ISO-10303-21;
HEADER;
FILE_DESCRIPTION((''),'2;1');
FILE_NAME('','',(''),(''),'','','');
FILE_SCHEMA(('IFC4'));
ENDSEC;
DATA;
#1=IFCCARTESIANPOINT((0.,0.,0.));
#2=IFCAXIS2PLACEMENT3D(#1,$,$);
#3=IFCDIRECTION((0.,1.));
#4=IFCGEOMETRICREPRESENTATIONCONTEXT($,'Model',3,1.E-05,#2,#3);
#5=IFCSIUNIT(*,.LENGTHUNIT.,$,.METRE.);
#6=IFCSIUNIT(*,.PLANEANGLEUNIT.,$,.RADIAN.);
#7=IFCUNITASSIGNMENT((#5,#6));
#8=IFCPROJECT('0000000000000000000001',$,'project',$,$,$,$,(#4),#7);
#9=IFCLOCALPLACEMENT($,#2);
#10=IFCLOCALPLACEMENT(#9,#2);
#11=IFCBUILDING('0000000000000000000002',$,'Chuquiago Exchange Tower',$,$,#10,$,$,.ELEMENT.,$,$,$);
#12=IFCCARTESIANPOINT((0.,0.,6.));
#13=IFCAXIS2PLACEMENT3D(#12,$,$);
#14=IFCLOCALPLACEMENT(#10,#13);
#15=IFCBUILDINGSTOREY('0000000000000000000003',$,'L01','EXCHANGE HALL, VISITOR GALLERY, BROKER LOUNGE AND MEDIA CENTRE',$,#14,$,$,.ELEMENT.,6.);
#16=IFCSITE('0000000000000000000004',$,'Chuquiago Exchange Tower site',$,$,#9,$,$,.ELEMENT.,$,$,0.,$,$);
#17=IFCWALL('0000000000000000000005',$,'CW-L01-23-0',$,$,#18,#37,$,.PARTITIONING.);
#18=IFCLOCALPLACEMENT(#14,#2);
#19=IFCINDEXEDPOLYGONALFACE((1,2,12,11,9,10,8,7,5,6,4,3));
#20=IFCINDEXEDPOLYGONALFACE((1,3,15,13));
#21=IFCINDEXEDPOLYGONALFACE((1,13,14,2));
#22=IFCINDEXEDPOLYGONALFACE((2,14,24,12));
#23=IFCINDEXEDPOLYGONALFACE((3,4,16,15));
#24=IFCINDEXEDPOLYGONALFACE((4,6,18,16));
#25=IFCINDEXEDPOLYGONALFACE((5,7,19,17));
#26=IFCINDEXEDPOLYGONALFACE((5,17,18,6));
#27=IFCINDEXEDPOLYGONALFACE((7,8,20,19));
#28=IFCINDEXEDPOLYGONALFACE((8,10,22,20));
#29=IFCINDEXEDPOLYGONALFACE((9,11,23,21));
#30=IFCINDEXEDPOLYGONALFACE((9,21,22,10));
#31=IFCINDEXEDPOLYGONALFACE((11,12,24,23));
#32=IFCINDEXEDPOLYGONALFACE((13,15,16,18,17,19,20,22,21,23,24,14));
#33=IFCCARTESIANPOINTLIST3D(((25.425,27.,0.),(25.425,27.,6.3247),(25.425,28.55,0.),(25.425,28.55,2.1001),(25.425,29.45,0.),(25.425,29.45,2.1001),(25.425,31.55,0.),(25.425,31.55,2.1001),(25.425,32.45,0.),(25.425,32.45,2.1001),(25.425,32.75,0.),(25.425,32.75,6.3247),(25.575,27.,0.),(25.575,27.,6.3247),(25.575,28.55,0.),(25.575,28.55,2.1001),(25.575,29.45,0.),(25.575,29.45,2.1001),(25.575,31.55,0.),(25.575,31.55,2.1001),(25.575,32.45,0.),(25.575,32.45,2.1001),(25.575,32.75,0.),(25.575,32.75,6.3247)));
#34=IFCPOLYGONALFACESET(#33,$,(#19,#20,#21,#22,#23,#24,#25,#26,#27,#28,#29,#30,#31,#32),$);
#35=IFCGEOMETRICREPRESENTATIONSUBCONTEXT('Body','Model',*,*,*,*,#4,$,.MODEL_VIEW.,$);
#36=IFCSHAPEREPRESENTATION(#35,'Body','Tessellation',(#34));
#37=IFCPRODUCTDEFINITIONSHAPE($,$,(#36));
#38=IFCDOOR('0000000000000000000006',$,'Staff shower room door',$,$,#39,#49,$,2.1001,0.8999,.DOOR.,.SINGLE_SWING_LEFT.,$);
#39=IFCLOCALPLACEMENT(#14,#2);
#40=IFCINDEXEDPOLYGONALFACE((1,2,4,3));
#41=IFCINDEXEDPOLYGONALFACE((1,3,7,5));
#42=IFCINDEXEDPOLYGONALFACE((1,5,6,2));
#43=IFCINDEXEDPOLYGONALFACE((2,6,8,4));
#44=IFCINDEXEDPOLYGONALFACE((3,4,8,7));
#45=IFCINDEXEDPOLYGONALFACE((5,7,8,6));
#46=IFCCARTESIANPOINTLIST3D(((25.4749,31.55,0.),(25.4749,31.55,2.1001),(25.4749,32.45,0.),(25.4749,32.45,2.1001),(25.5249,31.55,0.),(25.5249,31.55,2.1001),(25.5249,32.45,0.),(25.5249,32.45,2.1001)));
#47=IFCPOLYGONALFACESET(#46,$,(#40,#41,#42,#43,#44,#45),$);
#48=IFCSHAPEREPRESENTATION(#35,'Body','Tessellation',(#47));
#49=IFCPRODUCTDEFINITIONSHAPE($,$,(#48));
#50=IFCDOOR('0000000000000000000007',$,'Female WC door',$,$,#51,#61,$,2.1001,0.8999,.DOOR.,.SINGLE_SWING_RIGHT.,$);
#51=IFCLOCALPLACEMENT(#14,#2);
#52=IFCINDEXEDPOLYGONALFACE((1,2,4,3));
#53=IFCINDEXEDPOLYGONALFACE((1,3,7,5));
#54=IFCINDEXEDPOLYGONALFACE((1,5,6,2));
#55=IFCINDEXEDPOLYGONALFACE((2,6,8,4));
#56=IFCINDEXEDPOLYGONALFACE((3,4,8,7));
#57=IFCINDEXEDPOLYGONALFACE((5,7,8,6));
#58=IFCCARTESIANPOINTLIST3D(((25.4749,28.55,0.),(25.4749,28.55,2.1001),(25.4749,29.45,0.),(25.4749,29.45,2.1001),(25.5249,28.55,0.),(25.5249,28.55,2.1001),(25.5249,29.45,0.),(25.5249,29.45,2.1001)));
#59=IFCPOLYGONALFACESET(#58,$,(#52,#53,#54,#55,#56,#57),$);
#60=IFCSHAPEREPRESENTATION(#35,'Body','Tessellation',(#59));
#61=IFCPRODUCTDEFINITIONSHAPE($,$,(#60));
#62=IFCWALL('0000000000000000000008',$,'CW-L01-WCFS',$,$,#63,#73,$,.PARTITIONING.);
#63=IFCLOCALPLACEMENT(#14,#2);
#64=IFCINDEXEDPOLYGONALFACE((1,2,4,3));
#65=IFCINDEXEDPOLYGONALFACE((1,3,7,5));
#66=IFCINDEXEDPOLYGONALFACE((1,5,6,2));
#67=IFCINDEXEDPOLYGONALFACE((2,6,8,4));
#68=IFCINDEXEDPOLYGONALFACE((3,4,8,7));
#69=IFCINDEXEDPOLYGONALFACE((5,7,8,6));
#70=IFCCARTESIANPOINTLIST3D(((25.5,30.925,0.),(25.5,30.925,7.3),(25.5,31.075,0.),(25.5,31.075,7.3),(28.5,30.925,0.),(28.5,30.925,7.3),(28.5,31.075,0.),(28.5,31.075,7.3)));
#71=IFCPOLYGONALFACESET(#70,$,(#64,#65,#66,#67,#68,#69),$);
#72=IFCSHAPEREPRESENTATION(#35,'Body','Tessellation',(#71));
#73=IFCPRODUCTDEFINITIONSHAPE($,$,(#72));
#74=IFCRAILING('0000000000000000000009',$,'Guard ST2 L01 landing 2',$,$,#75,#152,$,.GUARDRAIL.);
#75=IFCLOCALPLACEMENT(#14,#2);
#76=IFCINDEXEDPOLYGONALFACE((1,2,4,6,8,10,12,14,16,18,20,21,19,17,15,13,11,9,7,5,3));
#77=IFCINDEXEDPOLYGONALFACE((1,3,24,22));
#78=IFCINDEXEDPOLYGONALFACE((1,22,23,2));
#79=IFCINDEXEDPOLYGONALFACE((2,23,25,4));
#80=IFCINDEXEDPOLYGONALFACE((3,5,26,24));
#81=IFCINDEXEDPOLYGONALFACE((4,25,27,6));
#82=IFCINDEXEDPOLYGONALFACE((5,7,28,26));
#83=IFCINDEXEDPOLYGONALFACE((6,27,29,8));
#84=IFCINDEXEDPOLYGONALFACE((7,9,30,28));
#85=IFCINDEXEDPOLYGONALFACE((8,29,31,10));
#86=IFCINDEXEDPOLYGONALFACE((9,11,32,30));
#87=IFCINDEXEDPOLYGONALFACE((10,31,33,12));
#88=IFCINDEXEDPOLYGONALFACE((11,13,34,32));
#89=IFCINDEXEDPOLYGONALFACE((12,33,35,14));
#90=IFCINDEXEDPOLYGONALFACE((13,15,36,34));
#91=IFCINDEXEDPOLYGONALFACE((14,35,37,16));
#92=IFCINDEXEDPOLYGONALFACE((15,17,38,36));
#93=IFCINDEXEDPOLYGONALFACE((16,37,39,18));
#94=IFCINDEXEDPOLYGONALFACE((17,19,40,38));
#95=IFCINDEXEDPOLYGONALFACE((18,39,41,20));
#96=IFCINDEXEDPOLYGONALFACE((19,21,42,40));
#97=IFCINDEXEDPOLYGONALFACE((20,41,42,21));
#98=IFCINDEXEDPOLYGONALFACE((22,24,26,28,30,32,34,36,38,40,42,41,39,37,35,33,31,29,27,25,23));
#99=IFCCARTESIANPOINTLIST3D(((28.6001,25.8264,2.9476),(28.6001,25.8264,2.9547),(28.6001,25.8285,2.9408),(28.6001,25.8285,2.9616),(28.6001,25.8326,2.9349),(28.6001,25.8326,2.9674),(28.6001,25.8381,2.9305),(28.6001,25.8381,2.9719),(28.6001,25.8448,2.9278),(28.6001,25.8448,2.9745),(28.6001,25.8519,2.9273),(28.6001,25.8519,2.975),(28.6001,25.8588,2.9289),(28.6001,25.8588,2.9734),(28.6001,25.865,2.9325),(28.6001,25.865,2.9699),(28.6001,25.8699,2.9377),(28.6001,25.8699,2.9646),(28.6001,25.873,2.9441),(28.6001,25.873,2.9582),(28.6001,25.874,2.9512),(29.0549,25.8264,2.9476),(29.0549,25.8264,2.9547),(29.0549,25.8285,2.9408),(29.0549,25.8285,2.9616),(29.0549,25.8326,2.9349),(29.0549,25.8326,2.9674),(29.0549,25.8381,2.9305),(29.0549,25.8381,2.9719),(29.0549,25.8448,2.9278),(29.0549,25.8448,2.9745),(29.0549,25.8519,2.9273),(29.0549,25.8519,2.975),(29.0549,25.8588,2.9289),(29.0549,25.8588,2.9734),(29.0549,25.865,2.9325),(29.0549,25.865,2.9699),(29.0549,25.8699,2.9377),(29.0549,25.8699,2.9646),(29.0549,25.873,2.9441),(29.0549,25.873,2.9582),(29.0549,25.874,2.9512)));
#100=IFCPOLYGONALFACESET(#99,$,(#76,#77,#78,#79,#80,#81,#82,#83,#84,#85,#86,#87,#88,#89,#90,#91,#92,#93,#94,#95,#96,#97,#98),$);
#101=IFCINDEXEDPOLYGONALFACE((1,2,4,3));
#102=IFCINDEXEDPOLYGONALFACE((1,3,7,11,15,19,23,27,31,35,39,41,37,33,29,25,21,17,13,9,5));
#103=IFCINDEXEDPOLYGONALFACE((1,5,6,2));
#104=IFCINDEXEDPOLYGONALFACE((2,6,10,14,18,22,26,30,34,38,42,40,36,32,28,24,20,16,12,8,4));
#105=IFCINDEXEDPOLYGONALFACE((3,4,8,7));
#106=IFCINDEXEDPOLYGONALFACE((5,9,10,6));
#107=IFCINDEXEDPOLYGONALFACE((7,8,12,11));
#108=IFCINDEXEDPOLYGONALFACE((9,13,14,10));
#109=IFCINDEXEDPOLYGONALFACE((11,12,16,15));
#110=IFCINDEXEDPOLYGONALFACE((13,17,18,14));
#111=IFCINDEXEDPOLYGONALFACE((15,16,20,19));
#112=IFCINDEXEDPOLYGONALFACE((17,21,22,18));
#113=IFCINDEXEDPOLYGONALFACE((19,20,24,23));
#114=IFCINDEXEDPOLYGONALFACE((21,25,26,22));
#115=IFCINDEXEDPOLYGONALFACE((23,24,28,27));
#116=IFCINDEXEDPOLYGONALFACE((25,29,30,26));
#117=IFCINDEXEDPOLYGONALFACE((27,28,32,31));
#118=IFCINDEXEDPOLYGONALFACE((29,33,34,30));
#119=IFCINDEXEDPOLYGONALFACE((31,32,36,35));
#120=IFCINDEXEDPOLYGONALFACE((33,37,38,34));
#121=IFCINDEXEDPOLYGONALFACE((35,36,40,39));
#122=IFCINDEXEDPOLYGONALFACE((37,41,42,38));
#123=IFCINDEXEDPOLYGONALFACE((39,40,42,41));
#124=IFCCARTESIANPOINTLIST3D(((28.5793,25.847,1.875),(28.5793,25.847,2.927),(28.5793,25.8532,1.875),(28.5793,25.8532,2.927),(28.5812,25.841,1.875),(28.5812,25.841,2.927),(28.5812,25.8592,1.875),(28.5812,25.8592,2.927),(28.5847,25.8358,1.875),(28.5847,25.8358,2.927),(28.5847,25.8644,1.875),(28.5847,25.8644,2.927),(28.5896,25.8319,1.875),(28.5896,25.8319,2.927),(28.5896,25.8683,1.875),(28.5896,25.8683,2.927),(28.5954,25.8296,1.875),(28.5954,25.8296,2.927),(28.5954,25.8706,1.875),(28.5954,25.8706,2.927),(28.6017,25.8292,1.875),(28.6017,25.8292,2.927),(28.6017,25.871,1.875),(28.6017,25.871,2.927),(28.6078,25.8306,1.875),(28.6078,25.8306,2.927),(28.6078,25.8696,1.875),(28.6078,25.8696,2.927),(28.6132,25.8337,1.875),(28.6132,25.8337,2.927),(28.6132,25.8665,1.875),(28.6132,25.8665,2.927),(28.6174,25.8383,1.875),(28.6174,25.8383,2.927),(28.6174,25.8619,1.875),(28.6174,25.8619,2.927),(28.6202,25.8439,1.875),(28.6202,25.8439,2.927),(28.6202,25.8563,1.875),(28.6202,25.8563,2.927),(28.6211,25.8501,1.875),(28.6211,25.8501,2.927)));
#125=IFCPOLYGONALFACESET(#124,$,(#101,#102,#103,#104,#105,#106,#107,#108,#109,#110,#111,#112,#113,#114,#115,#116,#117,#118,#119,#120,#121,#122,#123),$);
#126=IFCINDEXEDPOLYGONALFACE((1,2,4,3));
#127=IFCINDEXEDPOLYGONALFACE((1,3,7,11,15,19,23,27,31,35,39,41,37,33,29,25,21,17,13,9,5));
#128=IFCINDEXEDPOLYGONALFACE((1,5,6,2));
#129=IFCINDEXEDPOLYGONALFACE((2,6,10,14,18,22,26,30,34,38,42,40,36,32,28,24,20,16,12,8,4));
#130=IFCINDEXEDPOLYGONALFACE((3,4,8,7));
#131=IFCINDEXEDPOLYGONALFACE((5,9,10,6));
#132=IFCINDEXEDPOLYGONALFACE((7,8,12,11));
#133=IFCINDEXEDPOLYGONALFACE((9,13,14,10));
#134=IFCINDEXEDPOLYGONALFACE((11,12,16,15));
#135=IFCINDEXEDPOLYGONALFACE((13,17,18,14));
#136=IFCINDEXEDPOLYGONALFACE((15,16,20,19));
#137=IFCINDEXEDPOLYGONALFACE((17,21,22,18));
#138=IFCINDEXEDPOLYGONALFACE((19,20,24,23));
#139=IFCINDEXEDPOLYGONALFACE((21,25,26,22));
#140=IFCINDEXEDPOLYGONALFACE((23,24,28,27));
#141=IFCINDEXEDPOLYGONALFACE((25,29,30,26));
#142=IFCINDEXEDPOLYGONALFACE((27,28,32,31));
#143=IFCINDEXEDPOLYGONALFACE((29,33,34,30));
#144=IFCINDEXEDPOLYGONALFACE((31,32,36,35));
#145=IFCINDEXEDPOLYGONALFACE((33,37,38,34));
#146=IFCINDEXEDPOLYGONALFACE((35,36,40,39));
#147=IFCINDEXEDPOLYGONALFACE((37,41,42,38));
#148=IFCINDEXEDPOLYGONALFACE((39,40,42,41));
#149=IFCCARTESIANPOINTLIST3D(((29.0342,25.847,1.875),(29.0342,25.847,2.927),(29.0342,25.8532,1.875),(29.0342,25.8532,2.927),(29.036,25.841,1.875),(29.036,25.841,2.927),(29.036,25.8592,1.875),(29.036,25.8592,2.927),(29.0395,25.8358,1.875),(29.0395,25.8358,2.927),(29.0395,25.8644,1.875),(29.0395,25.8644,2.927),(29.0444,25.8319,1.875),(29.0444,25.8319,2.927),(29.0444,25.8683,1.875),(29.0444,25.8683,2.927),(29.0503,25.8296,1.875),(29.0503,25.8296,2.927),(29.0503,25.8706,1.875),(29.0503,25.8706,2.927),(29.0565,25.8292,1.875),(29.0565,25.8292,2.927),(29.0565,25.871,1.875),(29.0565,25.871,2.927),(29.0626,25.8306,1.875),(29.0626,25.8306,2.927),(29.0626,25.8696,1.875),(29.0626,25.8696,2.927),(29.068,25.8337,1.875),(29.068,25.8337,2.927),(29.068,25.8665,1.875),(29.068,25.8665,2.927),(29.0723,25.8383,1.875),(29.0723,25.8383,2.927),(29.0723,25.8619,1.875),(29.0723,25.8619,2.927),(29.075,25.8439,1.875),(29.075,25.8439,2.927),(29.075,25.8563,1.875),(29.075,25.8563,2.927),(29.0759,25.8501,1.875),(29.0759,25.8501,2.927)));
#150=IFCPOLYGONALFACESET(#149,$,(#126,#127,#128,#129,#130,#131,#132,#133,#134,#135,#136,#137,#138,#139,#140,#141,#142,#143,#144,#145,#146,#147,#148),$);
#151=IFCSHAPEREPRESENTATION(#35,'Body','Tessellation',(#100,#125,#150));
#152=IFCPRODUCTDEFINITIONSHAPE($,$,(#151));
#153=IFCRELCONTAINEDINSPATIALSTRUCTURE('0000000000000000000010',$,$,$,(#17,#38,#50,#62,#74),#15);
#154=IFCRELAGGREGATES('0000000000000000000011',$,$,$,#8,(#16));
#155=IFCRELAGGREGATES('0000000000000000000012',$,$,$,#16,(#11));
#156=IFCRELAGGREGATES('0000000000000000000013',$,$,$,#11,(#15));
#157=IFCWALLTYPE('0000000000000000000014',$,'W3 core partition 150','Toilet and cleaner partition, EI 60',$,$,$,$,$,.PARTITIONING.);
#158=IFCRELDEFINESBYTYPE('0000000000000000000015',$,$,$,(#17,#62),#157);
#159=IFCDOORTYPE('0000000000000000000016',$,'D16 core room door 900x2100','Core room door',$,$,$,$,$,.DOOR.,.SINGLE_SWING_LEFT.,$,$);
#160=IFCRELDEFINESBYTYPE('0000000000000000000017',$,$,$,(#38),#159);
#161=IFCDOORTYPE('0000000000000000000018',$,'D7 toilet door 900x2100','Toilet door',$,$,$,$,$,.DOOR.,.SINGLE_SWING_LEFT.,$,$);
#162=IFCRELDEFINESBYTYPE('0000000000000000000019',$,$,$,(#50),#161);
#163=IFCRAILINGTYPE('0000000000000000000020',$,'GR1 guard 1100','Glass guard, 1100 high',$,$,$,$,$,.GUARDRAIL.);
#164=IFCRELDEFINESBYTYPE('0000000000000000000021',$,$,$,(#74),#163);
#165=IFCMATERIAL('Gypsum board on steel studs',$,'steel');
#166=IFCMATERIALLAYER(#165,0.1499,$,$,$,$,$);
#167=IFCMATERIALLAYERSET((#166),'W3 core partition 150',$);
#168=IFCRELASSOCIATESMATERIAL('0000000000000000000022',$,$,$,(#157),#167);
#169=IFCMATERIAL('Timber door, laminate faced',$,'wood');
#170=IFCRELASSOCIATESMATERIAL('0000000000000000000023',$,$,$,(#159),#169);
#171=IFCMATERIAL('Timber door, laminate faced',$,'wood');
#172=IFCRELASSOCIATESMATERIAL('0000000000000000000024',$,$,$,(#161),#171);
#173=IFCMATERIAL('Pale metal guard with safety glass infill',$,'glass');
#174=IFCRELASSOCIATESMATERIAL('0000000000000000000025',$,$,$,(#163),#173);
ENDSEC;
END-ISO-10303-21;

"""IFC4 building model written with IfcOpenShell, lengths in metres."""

from ifc_helpers import new_model, si_unit, direction, frame, frame_2d, origin, origin_2d, place, context, subcontext, project, spatial, rectangle, circle, extrude, material, layer, layer_set, type_object, element, fill, save


model = new_model("IFC4")

# Units and contexts
model_context = context("Model", 3, precision=1e-05, world=origin(), true_north=direction((0.0, 1.0)))
body_context = subcontext(model_context, "Body", "Model", "MODEL_VIEW")
ifc_project = project(units=[si_unit("LENGTHUNIT", "METRE"), si_unit("PLANEANGLEUNIT", "RADIAN")], contexts=[model_context])

# Site, building, storey
site_placement = place(None, origin())
site = spatial("IfcSite", under=ifc_project, at=site_placement, Name="Chuquiago Exchange Tower site", CompositionType="ELEMENT", RefElevation=0.0)
building_placement = place(site_placement, origin())
building = spatial("IfcBuilding", under=site, at=building_placement, Name="Chuquiago Exchange Tower", CompositionType="ELEMENT")
storey_placement = place(building_placement, frame((0.0, 0.0, 6.0)))
storey = spatial("IfcBuildingStorey", under=building, at=storey_placement, Name="L01", Description="EXCHANGE HALL, VISITOR GALLERY, BROKER LOUNGE AND MEDIA CENTRE", CompositionType="ELEMENT", Elevation=6.0)

# Wall, openings, doors
ifc_material_1 = material(Name="Gypsum board on steel studs", Category="steel")
ifc_layer_1 = layer(ifc_material_1, 0.1499)
ifc_layer_set_1 = layer_set([ifc_layer_1], Name="W3 core partition 150")
wall_type_1 = type_object("IfcWallType", Name="W3 core partition 150", Description="Toilet and cleaner partition, EI 60", PredefinedType="PARTITIONING", material=ifc_layer_set_1)
ifc_material_2 = material(Name="Timber door, laminate faced", Category="wood")
door_type_1 = type_object("IfcDoorType", Name="D16 core room door 900x2100", Description="Core room door", OperationType="SINGLE_SWING_LEFT", PredefinedType="DOOR", material=ifc_material_2)
ifc_material_3 = material(Name="Timber door, laminate faced", Category="wood")
door_type_2 = type_object("IfcDoorType", Name="D7 toilet door 900x2100", Description="Toilet door", OperationType="SINGLE_SWING_LEFT", PredefinedType="DOOR", material=ifc_material_3)
wall_1_placement = place(storey_placement, frame((25.5, 27.0, 0.0), z_axis=(0.0, 0.0, 1.0), x_axis=(0.0, 1.0, 0.0)))
wall_1 = element("IfcWall", 1, at=wall_1_placement, inside=storey, type_object=wall_type_1, Name="CW-L01-23-0", PredefinedType="PARTITIONING", context=body_context, shape_type="SweptSolid", body=[
    extrude(rectangle(XDim=5.75, YDim=0.1499, at=frame_2d((2.875, 0.0))), origin(), (0.0, 0.0, 1.0), 6.3247),
])
opening_1_placement = place(wall_1_placement, frame((1.55, 0.0, 0.0)))
opening_1 = element("IfcOpeningElement", 2, at=opening_1_placement, cuts=wall_1, PredefinedType="OPENING", context=body_context, shape_type="SweptSolid", body=[
    extrude(rectangle(XDim=0.8999, YDim=2.1001, at=frame_2d((0.45, 1.05))), frame((0.0, 0.085, 0.0), z_axis=(0.0, -1.0, 0.0), x_axis=(1.0, 0.0, 0.0)), (0.0, 0.0, 1.0), 0.1699),
])
opening_2_placement = place(wall_1_placement, frame((4.55, 0.0, 0.0)))
opening_2 = element("IfcOpeningElement", 3, at=opening_2_placement, cuts=wall_1, PredefinedType="OPENING", context=body_context, shape_type="SweptSolid", body=[
    extrude(rectangle(XDim=0.8999, YDim=2.1001, at=frame_2d((0.45, 1.05))), frame((0.0, 0.085, 0.0), z_axis=(0.0, -1.0, 0.0), x_axis=(1.0, 0.0, 0.0)), (0.0, 0.0, 1.0), 0.1699),
])
door_1_placement = place(opening_2_placement, frame((0.8999, 0.0, 0.0), z_axis=(0.0, 0.0, 1.0), x_axis=(-1.0, 0.0, 0.0)))
door_1 = element("IfcDoor", 4, at=door_1_placement, inside=storey, type_object=door_type_1, Name="Staff shower room door", OperationType="SINGLE_SWING_LEFT", OverallHeight=2.1001, OverallWidth=0.8999, PredefinedType="DOOR", context=body_context, shape_type="SweptSolid", body=[
    extrude(rectangle(XDim=0.8999, YDim=2.1001, at=frame_2d((0.45, 1.05))), frame((0.0, 0.0249, 0.0), z_axis=(0.0, -1.0, 0.0), x_axis=(1.0, 0.0, 0.0)), (0.0, 0.0, 1.0), 0.05),
])
fill(opening_2, door_1)
door_2_placement = place(opening_1_placement, frame((0.8999, 0.0, 0.0), z_axis=(0.0, 0.0, 1.0), x_axis=(-1.0, 0.0, 0.0)))
door_2 = element("IfcDoor", 5, at=door_2_placement, inside=storey, type_object=door_type_2, Name="Female WC door", OperationType="SINGLE_SWING_RIGHT", OverallHeight=2.1001, OverallWidth=0.8999, PredefinedType="DOOR", context=body_context, shape_type="SweptSolid", body=[
    extrude(rectangle(XDim=0.8999, YDim=2.1001, at=frame_2d((0.45, 1.05))), frame((0.0, 0.0249, 0.0), z_axis=(0.0, -1.0, 0.0), x_axis=(1.0, 0.0, 0.0)), (0.0, 0.0, 1.0), 0.05),
])
fill(opening_1, door_2)

# Wall
wall_2_placement = place(storey_placement, frame((25.5, 31.0, 0.0), z_axis=(0.0, 0.0, 1.0), x_axis=(1.0, 0.0, 0.0)))
element("IfcWall", 6, at=wall_2_placement, inside=storey, type_object=wall_type_1, Name="CW-L01-WCFS", PredefinedType="PARTITIONING", context=body_context, shape_type="SweptSolid", body=[
    extrude(rectangle(XDim=3.0, YDim=0.1499, at=frame_2d((1.5, 0.0))), origin(), (0.0, 0.0, 1.0), 7.3),
])

# Railing
ifc_material_4 = material(Name="Pale metal guard with safety glass infill", Category="glass")
railing_type = type_object("IfcRailingType", Name="GR1 guard 1100", Description="Glass guard, 1100 high", PredefinedType="GUARDRAIL", material=ifc_material_4)
for number, where, name in (
    (7, (28.6001, 25.8501, 1.875), "Guard ST2 L01 landing 2"),
):
    element("IfcRailing", number, at=place(storey_placement, frame(where)), inside=storey, type_object=railing_type, Name=name, PredefinedType="GUARDRAIL", context=body_context, shape_type="SweptSolid", body=[
        extrude(circle(Radius=0.0239, at=origin_2d()), frame((0.0, 0.0, 1.0762), z_axis=(1.0, 0.0, 0.0), x_axis=(0.0, 1.0, 0.0)), (0.0, 0.0, 1.0), 0.4548),
        extrude(circle(Radius=0.021, at=origin_2d()), origin(), (0.0, 0.0, 1.0), 1.052),
        extrude(circle(Radius=0.021, at=origin_2d()), frame((0.4548, 0.0, 0.0)), (0.0, 0.0, 1.0), 1.052),
    ])

save(model, "model.ifc")
